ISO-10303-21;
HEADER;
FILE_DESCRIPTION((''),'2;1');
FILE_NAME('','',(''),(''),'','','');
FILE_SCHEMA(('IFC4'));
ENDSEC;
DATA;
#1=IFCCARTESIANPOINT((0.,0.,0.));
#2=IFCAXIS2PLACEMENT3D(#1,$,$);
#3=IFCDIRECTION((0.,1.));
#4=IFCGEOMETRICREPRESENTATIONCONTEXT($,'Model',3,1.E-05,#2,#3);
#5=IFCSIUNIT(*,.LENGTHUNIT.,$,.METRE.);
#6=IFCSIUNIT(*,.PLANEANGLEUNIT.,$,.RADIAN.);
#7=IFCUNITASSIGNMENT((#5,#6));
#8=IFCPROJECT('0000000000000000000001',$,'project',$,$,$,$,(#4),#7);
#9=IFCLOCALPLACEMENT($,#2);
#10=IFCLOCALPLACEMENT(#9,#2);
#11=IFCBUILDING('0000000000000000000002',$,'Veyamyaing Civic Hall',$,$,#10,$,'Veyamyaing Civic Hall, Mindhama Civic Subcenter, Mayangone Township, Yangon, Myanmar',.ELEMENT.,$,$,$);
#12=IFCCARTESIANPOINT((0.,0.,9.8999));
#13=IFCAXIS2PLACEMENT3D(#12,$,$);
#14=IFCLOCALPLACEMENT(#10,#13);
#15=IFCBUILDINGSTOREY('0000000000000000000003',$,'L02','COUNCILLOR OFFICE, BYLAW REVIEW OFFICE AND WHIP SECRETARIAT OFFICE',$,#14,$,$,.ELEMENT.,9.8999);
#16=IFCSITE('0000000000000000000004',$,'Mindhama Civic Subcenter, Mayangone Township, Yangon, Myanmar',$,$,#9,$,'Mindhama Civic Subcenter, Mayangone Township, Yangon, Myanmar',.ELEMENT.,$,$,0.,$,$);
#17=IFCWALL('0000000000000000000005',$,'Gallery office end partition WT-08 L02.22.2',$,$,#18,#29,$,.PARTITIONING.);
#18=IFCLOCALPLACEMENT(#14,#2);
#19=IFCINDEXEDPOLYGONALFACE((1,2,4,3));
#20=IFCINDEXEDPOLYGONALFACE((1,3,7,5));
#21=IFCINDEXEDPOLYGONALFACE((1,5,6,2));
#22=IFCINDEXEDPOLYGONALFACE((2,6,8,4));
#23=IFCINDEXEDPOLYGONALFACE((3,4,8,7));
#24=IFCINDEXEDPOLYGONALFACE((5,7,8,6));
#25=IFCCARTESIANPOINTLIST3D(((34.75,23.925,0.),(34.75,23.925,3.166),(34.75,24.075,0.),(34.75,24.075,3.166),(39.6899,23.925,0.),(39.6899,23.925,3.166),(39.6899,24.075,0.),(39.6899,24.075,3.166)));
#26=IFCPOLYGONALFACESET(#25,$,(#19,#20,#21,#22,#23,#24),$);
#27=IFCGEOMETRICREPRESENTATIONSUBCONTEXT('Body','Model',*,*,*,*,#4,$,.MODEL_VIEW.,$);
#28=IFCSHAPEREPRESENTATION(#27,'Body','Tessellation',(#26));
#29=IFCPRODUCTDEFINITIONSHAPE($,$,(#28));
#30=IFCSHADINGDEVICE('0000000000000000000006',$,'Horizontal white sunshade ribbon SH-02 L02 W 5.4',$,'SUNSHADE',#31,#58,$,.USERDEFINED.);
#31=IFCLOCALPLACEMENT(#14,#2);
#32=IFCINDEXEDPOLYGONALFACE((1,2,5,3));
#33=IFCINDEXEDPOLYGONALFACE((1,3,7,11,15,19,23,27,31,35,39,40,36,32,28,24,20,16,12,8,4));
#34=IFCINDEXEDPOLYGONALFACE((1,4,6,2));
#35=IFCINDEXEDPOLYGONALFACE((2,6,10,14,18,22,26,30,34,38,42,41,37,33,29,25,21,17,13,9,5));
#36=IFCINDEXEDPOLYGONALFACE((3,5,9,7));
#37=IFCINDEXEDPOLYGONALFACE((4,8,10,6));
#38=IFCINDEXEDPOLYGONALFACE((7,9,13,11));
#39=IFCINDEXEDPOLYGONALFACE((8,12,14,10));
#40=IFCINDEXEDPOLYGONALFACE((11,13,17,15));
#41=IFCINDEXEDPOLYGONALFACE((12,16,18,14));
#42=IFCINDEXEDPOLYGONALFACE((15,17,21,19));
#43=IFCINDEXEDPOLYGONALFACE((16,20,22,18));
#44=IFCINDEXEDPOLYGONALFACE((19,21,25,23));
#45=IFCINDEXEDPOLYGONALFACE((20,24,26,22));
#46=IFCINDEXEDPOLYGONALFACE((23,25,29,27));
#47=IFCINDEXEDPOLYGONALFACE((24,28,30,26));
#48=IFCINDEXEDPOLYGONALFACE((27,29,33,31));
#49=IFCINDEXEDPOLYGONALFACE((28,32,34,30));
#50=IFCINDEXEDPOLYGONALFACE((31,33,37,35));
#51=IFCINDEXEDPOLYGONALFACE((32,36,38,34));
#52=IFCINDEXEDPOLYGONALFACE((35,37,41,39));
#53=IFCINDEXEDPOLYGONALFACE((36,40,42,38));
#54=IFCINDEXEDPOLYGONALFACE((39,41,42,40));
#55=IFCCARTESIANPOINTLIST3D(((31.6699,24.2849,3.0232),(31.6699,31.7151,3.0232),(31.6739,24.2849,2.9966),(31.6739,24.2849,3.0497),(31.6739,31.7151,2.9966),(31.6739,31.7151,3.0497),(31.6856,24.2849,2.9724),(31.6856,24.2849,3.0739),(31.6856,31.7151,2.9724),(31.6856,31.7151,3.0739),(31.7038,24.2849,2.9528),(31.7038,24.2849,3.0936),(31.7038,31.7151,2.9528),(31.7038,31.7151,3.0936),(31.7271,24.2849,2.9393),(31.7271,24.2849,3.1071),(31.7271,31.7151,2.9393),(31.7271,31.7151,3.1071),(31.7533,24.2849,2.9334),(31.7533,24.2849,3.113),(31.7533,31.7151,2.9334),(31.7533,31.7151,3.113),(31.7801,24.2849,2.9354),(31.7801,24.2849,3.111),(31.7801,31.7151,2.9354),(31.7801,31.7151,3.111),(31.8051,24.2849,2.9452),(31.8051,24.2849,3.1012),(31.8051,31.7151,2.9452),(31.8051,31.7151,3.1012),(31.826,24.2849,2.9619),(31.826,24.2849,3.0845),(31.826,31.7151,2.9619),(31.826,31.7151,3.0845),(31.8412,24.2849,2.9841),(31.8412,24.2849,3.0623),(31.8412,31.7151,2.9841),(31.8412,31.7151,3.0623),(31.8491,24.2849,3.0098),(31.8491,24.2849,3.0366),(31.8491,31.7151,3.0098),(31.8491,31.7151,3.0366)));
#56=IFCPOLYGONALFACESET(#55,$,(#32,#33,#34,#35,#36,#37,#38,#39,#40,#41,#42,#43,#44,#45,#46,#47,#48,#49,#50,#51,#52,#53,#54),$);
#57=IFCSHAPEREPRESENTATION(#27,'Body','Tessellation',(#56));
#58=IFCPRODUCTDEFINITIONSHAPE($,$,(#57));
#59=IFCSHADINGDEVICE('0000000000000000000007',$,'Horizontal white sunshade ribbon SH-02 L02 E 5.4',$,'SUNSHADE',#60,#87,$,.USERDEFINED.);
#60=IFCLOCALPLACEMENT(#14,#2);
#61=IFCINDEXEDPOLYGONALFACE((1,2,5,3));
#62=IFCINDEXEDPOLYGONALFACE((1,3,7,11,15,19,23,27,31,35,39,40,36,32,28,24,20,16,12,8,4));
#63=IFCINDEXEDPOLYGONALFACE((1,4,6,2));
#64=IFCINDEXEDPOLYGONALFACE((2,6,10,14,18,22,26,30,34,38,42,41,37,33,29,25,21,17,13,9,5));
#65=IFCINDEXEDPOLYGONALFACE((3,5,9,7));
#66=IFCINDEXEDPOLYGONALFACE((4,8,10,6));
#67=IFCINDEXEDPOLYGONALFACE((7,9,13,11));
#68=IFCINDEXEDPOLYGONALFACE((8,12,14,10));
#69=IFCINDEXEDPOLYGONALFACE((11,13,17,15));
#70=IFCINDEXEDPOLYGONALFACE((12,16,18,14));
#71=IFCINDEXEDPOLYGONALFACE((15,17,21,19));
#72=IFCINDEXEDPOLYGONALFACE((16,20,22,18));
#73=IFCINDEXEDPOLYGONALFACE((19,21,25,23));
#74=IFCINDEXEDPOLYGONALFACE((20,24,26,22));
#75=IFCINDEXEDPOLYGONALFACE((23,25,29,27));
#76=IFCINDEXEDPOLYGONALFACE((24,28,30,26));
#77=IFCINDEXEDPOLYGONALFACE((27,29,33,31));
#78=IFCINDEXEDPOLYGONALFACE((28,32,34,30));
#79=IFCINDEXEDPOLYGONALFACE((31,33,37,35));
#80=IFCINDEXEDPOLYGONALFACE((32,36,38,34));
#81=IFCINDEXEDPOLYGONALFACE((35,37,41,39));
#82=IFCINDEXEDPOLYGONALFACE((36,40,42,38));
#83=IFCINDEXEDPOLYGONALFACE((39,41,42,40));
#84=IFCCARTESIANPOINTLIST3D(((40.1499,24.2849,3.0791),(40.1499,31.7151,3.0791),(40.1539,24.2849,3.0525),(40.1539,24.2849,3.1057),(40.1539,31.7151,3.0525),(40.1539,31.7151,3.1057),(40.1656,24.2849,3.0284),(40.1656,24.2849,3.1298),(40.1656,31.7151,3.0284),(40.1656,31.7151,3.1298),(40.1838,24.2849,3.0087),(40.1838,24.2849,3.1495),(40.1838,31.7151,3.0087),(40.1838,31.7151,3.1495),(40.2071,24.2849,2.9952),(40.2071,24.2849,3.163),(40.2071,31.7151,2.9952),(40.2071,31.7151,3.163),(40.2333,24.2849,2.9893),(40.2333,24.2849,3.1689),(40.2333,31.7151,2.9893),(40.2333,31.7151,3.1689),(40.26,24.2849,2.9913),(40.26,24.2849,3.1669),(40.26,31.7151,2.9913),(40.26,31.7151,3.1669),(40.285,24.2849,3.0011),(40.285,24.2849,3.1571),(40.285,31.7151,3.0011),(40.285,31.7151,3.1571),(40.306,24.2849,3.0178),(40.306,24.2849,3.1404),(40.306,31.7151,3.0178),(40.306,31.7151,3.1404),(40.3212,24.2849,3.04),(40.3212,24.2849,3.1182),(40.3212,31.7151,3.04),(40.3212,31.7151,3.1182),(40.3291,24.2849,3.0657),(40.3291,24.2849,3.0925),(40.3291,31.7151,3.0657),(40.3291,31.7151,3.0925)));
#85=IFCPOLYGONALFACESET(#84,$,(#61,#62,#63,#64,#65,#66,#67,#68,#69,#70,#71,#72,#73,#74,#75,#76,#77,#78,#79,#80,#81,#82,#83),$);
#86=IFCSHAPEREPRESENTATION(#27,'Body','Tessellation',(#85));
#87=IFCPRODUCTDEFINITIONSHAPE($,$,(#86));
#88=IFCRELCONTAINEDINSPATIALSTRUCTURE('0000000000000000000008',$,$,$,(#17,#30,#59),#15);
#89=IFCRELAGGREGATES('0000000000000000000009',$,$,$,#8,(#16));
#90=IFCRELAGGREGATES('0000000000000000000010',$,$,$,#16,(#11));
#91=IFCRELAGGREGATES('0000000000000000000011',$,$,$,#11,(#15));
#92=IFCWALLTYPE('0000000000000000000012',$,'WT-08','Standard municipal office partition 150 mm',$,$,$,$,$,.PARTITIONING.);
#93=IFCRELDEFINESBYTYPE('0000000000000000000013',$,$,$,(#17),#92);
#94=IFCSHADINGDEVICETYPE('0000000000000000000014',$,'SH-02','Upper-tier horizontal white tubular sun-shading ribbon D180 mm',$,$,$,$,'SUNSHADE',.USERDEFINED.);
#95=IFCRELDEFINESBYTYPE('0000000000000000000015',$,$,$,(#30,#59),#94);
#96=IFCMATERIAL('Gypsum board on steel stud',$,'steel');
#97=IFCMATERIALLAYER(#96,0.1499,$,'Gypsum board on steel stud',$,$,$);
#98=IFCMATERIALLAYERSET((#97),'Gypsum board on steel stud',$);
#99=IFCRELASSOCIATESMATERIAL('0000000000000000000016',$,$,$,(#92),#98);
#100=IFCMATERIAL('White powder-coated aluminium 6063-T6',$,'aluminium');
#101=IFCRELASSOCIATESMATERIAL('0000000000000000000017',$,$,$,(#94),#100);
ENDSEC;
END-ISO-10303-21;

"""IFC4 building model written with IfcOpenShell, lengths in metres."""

from ifc_helpers import new_model, si_unit, direction, frame, frame_2d, origin, origin_2d, place, context, subcontext, project, spatial, rectangle, circle, extrude, material, layer, layer_set, material_profile, profile_set, type_object, element, save


model = new_model("IFC4")

# Units and contexts
model_context = context("Model", 3, precision=1e-05, world=origin(), true_north=direction((0.0, 1.0)))
body_context = subcontext(model_context, "Body", "Model", "MODEL_VIEW")
ifc_project = project(units=[si_unit("LENGTHUNIT", "METRE"), si_unit("PLANEANGLEUNIT", "RADIAN")], contexts=[model_context])

# Site, building, storey
site_placement = place(None, origin())
site = spatial("IfcSite", under=ifc_project, at=site_placement, Name="Mindhama Civic Subcenter, Mayangone Township, Yangon, Myanmar", LongName="Mindhama Civic Subcenter, Mayangone Township, Yangon, Myanmar", CompositionType="ELEMENT", RefElevation=0.0)
building_placement = place(site_placement, origin())
building = spatial("IfcBuilding", under=site, at=building_placement, Name="Veyamyaing Civic Hall", LongName="Veyamyaing Civic Hall, Mindhama Civic Subcenter, Mayangone Township, Yangon, Myanmar", CompositionType="ELEMENT")
storey_placement = place(building_placement, frame((0.0, 0.0, 9.8999)))
storey = spatial("IfcBuildingStorey", under=building, at=storey_placement, Name="L02", Description="COUNCILLOR OFFICE, BYLAW REVIEW OFFICE AND WHIP SECRETARIAT OFFICE", CompositionType="ELEMENT", Elevation=9.8999)

# Wall
ifc_material_1 = material(Name="Gypsum board on steel stud", Category="steel")
ifc_layer_1 = layer(ifc_material_1, 0.1499, Name="Gypsum board on steel stud")
ifc_layer_set_1 = layer_set([ifc_layer_1], Name="Gypsum board on steel stud")
wall_type_1 = type_object("IfcWallType", Name="WT-08", Description="Standard municipal office partition 150 mm", PredefinedType="PARTITIONING", material=ifc_layer_set_1)
wall_1_placement = place(storey_placement, frame((34.75, 24.0, 0.0), z_axis=(0.0, 0.0, 1.0), x_axis=(1.0, 0.0, 0.0)))
element("IfcWall", 1, at=wall_1_placement, inside=storey, type_object=wall_type_1, Name="Gallery office end partition WT-08 L02.22.2", PredefinedType="PARTITIONING", context=body_context, shape_type="SweptSolid", body=[
    extrude(rectangle(XDim=4.9399, YDim=0.1499, at=frame_2d((2.47, 0.0))), origin(), (0.0, 0.0, 1.0), 3.166),
])

# Shading devices
ifc_material_2 = material(Name="White powder-coated aluminium 6063-T6", Category="aluminium")
ifc_material_profile_1 = material_profile(ifc_material_2, circle(Radius=0.0901, at=origin_2d()), Name="SHADE-TUBE-180")
ifc_profile_set_1 = profile_set([ifc_material_profile_1], Name="White powder-coated aluminium 6063-T6")
shading_device_type = type_object("IfcShadingDeviceType", Name="SH-02", Description="Upper-tier horizontal white tubular sun-shading ribbon D180 mm", ElementType="SUNSHADE", PredefinedType="USERDEFINED", material=ifc_profile_set_1)
for number, where, z_axis, x_axis, name in (
    (2, (31.76, 24.2849, 3.0232), (0.0, 1.0, 0.0), (-1.0, 0.0, 0.0), "Horizontal white sunshade ribbon SH-02 L02 W 5.4"),
    (3, (40.24, 24.2849, 3.0791), (0.0, 1.0, 0.0), (-1.0, 0.0, 0.0), "Horizontal white sunshade ribbon SH-02 L02 E 5.4"),
):
    element("IfcShadingDevice", number, at=place(storey_placement, frame(where, z_axis=z_axis, x_axis=x_axis)), inside=storey, type_object=shading_device_type, Name=name, ObjectType="SUNSHADE", PredefinedType="USERDEFINED", context=body_context, shape_type="SweptSolid", body=[
        extrude(circle(Radius=0.0901, at=origin_2d()), origin(), (0.0, 0.0, 1.0), 7.4302),
    ])

save(model, "model.ifc")
